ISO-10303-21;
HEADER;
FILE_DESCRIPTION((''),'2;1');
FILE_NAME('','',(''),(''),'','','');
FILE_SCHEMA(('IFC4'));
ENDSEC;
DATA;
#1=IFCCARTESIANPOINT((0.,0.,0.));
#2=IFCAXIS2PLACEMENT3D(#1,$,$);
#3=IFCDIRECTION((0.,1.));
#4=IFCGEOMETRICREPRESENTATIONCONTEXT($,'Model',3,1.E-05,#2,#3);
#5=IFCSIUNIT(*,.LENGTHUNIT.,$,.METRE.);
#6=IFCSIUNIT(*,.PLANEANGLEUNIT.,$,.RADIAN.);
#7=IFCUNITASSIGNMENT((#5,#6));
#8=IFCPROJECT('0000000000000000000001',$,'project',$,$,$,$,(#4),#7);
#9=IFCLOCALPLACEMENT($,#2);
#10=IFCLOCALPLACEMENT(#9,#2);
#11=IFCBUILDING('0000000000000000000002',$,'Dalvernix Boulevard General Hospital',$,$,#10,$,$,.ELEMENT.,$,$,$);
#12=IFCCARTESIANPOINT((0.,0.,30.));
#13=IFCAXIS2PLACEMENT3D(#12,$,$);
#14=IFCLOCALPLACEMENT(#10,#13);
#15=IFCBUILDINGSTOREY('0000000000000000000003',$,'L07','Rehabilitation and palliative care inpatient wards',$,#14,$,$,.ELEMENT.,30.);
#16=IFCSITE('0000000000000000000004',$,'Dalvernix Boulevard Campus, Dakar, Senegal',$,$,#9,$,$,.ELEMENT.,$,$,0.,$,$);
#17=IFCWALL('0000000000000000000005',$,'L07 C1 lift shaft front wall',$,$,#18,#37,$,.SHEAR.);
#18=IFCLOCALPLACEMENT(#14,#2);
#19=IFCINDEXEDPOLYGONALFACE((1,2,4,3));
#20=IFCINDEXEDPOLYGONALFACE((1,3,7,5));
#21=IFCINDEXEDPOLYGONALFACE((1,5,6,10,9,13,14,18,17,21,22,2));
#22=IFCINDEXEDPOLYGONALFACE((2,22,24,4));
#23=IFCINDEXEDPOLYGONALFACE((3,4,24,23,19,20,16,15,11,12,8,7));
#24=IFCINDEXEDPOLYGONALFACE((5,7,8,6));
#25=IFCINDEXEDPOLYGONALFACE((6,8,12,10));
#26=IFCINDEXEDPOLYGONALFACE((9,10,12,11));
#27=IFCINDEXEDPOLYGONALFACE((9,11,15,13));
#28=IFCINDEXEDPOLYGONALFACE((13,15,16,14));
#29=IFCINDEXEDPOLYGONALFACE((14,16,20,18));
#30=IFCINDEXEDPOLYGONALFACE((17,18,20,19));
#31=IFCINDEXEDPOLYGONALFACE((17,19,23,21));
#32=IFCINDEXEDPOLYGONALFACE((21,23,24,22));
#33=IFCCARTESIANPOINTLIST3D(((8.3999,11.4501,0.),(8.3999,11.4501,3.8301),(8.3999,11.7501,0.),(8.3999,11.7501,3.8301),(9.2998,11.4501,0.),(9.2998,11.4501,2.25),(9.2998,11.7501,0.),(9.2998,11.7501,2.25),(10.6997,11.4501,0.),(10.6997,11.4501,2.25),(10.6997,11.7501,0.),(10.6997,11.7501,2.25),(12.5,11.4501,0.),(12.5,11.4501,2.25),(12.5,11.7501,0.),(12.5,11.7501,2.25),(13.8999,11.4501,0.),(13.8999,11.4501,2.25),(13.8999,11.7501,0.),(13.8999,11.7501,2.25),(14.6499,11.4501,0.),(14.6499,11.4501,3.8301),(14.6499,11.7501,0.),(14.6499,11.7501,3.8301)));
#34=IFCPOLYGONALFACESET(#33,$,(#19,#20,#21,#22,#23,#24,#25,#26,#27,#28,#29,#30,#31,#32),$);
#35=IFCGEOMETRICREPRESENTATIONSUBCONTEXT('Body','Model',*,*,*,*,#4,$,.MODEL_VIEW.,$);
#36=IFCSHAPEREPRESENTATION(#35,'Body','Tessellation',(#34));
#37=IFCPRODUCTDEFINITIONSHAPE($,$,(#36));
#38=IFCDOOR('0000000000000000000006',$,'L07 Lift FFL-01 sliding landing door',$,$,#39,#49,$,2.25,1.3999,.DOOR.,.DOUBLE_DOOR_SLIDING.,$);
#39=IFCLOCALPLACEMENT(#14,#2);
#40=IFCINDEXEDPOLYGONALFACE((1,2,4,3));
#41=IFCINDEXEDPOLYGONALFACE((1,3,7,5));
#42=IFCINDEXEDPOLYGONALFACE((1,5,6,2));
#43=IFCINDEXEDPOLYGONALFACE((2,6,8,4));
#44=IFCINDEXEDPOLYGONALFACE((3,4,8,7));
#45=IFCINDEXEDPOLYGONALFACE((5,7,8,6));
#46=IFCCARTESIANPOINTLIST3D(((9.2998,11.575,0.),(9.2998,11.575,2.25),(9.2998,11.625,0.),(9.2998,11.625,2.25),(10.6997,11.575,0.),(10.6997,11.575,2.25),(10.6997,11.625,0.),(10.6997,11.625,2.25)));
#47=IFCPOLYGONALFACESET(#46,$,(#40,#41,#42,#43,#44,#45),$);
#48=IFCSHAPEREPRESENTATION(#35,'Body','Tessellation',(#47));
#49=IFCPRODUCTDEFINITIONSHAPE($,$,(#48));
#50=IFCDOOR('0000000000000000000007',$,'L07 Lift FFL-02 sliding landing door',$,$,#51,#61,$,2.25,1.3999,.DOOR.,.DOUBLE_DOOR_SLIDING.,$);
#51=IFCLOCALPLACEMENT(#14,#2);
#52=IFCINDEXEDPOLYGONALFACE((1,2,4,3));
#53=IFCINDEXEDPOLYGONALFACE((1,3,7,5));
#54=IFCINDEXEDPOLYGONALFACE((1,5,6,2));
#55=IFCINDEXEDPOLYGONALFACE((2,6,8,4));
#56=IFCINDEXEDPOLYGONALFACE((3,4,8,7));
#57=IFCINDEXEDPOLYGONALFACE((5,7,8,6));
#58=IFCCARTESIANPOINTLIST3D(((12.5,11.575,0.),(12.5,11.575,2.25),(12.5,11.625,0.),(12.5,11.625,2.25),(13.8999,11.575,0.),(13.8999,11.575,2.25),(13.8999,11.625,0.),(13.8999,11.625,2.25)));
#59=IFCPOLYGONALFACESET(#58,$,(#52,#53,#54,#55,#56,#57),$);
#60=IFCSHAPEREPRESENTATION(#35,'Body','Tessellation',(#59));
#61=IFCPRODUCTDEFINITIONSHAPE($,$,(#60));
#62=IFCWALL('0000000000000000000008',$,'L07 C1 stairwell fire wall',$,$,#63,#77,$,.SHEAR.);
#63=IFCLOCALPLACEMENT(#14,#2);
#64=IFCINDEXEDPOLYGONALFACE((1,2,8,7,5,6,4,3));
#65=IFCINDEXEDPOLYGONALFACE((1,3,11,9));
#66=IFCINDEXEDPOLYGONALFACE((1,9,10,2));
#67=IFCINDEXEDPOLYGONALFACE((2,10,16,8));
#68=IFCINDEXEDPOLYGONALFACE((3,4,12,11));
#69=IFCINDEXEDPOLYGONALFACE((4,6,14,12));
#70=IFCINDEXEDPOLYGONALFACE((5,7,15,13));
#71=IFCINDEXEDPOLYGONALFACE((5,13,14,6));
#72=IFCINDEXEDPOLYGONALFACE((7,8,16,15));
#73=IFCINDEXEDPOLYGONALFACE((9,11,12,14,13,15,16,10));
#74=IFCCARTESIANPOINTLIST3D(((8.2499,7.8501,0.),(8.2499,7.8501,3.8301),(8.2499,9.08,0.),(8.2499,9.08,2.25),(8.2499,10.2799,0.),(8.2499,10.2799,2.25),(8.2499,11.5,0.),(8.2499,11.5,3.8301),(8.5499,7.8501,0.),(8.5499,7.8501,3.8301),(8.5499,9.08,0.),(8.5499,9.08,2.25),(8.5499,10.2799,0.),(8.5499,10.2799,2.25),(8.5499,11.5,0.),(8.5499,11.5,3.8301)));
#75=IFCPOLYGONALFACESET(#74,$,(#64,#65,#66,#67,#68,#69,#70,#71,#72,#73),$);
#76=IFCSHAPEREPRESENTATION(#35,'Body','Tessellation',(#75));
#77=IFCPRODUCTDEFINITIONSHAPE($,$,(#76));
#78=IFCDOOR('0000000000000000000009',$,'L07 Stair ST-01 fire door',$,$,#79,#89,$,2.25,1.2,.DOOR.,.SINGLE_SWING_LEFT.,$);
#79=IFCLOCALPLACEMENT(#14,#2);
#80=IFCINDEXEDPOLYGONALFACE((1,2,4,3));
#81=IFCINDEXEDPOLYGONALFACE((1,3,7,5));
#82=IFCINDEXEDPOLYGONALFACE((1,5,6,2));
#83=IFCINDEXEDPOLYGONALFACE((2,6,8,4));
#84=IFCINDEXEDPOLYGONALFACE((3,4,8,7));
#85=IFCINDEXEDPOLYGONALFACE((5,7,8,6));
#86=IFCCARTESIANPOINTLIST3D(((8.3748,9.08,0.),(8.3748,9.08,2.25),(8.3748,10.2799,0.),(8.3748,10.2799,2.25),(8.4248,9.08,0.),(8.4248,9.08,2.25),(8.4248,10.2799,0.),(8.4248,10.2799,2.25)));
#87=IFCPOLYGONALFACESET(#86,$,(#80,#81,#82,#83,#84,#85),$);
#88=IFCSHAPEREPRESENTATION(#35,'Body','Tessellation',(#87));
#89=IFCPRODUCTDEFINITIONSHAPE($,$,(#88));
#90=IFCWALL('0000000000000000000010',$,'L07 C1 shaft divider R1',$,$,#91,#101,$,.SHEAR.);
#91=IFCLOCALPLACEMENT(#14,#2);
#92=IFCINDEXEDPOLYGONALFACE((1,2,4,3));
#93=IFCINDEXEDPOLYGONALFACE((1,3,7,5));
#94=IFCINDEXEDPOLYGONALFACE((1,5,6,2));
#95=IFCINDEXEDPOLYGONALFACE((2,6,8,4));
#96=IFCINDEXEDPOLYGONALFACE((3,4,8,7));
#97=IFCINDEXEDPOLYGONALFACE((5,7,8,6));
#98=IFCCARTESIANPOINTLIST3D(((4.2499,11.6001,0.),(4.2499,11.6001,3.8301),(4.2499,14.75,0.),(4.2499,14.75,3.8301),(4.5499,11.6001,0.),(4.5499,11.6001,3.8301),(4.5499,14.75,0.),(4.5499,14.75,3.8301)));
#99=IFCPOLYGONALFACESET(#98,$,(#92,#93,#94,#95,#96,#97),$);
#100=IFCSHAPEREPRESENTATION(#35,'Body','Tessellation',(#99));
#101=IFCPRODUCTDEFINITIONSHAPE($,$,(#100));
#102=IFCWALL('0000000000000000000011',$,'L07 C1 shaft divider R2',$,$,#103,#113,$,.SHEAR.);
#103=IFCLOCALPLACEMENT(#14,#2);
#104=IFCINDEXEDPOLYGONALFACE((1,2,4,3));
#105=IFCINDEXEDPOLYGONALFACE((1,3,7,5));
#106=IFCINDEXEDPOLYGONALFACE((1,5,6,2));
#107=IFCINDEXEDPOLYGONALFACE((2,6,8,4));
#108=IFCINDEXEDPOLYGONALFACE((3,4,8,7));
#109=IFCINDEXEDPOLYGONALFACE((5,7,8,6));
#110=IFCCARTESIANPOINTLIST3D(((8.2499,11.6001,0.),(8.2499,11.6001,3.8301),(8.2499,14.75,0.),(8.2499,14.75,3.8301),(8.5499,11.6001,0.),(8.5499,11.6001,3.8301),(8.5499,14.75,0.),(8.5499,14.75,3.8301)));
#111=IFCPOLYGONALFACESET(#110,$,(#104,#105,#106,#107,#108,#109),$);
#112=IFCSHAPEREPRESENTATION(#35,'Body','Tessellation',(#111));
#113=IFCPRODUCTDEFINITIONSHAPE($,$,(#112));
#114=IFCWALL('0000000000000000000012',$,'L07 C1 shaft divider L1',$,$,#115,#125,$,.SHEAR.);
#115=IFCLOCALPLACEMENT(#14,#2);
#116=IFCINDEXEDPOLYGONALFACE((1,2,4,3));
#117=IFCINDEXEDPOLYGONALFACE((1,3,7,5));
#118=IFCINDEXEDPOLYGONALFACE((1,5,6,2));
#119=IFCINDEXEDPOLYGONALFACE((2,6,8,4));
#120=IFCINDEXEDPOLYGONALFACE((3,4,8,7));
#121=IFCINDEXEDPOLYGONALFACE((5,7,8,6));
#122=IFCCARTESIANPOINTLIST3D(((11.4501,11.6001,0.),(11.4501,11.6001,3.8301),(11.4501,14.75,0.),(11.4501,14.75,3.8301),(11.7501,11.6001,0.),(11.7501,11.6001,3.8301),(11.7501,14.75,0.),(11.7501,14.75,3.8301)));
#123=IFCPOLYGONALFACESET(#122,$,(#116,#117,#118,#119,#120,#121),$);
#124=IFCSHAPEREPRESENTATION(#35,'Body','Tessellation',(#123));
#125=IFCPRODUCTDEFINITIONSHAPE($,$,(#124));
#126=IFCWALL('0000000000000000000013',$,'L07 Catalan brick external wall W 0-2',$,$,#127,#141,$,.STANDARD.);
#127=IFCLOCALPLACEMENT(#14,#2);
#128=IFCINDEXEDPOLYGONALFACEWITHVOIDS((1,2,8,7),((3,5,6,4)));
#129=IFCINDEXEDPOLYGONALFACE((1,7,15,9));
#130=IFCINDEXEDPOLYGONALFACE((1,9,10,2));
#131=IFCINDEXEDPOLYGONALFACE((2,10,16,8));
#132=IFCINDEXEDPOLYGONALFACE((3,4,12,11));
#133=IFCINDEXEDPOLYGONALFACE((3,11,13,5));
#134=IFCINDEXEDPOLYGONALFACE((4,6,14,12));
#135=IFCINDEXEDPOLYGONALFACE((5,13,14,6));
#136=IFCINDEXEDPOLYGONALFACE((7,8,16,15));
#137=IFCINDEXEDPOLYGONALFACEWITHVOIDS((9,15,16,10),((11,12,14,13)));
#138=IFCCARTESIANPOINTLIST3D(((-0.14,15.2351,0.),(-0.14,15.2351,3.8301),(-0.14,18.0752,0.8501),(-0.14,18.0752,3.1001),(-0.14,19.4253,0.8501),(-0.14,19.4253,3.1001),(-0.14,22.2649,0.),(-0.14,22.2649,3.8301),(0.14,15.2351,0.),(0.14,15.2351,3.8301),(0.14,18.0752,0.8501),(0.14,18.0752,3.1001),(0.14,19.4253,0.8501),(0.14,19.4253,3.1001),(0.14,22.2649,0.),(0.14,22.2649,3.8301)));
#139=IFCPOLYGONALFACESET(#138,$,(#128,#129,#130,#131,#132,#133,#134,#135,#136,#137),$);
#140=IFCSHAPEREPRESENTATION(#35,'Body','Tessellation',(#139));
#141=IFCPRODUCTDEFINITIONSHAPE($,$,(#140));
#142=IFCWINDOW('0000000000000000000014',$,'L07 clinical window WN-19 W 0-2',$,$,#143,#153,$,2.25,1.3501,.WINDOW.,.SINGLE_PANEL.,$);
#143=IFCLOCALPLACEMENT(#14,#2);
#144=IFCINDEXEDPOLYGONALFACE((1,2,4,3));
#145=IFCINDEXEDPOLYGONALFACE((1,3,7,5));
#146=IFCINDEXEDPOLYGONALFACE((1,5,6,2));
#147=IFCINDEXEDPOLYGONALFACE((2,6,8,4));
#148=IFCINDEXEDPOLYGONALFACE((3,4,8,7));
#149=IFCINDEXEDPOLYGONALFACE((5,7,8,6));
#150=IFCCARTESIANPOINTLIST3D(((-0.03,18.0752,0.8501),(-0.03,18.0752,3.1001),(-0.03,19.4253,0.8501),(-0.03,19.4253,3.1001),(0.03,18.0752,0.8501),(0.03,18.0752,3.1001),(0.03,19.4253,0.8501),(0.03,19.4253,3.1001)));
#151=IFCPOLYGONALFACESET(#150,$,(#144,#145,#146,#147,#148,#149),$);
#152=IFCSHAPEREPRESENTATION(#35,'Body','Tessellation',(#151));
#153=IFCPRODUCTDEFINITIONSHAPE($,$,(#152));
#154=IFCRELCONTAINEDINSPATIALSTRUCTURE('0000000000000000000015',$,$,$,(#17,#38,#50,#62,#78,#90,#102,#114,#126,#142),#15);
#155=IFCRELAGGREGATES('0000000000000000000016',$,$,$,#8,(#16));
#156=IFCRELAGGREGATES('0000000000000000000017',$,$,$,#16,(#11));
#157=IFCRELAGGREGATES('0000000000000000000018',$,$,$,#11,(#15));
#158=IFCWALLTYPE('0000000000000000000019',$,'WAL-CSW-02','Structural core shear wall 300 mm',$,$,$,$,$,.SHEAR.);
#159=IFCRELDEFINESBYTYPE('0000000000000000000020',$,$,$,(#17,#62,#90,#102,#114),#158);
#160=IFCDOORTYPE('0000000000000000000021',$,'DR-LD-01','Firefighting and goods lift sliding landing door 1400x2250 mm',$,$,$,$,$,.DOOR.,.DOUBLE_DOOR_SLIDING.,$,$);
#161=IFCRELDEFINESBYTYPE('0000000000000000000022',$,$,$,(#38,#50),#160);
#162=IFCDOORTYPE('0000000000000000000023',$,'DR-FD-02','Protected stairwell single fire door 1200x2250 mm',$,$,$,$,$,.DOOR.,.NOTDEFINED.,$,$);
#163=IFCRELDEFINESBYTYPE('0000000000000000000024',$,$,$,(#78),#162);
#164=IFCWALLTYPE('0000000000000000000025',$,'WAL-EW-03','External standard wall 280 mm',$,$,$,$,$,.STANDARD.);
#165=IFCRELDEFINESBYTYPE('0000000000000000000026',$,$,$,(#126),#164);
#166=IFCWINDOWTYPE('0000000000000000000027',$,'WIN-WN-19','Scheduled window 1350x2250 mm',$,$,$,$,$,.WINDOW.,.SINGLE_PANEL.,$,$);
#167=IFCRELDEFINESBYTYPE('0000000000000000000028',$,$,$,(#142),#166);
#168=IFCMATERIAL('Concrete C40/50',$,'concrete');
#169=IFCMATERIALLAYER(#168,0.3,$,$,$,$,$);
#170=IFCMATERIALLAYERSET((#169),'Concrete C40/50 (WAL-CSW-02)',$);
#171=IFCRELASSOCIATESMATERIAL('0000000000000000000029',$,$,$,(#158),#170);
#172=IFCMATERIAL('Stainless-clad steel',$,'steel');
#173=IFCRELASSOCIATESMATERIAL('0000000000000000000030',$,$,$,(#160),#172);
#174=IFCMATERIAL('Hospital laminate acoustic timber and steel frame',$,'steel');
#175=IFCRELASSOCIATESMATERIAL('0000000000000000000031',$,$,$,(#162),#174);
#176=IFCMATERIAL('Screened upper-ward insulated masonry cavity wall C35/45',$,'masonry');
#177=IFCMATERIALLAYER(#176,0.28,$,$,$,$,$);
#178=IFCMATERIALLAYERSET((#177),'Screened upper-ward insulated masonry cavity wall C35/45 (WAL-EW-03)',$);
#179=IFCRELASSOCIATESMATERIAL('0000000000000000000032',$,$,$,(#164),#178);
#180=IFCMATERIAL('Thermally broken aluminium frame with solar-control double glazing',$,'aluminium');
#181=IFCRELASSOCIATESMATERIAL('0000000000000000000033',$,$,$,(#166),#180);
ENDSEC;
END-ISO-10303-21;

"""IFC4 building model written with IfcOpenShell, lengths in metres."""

from ifc_helpers import new_model, si_unit, direction, frame, frame_2d, origin, place, context, subcontext, project, spatial, rectangle, extrude, material, layer, layer_set, type_object, element, fill, save


model = new_model("IFC4")

# Units and contexts
model_context = context("Model", 3, precision=1e-05, world=origin(), true_north=direction((0.0, 1.0)))
body_context = subcontext(model_context, "Body", "Model", "MODEL_VIEW")
ifc_project = project(units=[si_unit("LENGTHUNIT", "METRE"), si_unit("PLANEANGLEUNIT", "RADIAN")], contexts=[model_context])

# Site, building, storey
site_placement = place(None, origin())
site = spatial("IfcSite", under=ifc_project, at=site_placement, Name="Dalvernix Boulevard Campus, Dakar, Senegal", CompositionType="ELEMENT", RefElevation=0.0)
building_placement = place(site_placement, origin())
building = spatial("IfcBuilding", under=site, at=building_placement, Name="Dalvernix Boulevard General Hospital", CompositionType="ELEMENT")
storey_placement = place(building_placement, frame((0.0, 0.0, 30.0)))
storey = spatial("IfcBuildingStorey", under=building, at=storey_placement, Name="L07", Description="Rehabilitation and palliative care inpatient wards", CompositionType="ELEMENT", Elevation=30.0)

# Shared definitions
ifc_material_1 = material(Name="Concrete C40/50", Category="concrete")

# Shared definitions
ifc_layer_1 = layer(ifc_material_1, 0.3)
ifc_layer_set_1 = layer_set([ifc_layer_1], Name="Concrete C40/50 (WAL-CSW-02)")
wall_type_1 = type_object("IfcWallType", Name="WAL-CSW-02", Description="Structural core shear wall 300 mm", PredefinedType="SHEAR", material=ifc_layer_set_1)

# Wall, openings, doors
wall_1_placement = place(storey_placement, frame((8.3999, 11.6001, 0.0), z_axis=(0.0, 0.0, 1.0), x_axis=(1.0, 0.0, 0.0)))
wall_1 = element("IfcWall", 1, at=wall_1_placement, inside=storey, type_object=wall_type_1, Name="L07 C1 lift shaft front wall", PredefinedType="SHEAR", context=body_context, shape_type="SweptSolid", body=[
    extrude(rectangle(XDim=6.25, YDim=0.3, at=frame_2d((3.125, 0.0))), origin(), (0.0, 0.0, 1.0), 3.8301),
])
opening_1_placement = place(wall_1_placement, frame((0.8999, 0.0, 0.0)))
opening_1 = element("IfcOpeningElement", 2, at=opening_1_placement, cuts=wall_1, PredefinedType="OPENING", context=body_context, shape_type="SweptSolid", body=[
    extrude(rectangle(XDim=1.3999, YDim=2.25, at=frame_2d((0.7, 1.125))), frame((0.0, 0.1599, 0.0), z_axis=(0.0, -1.0, 0.0), x_axis=(1.0, 0.0, 0.0)), (0.0, 0.0, 1.0), 0.3201),
])
opening_2_placement = place(wall_1_placement, frame((4.1001, 0.0, 0.0)))
opening_2 = element("IfcOpeningElement", 3, at=opening_2_placement, cuts=wall_1, PredefinedType="OPENING", context=body_context, shape_type="SweptSolid", body=[
    extrude(rectangle(XDim=1.3999, YDim=2.25, at=frame_2d((0.7, 1.125))), frame((0.0, 0.1599, 0.0), z_axis=(0.0, -1.0, 0.0), x_axis=(1.0, 0.0, 0.0)), (0.0, 0.0, 1.0), 0.3201),
])
ifc_material_2 = material(Name="Stainless-clad steel", Category="steel")
door_type_1 = type_object("IfcDoorType", Name="DR-LD-01", Description="Firefighting and goods lift sliding landing door 1400x2250 mm", OperationType="DOUBLE_DOOR_SLIDING", PredefinedType="DOOR", material=ifc_material_2)
door_1_placement = place(opening_1_placement, origin())
door_1 = element("IfcDoor", 4, at=door_1_placement, inside=storey, type_object=door_type_1, Name="L07 Lift FFL-01 sliding landing door", OperationType="DOUBLE_DOOR_SLIDING", OverallHeight=2.25, OverallWidth=1.3999, PredefinedType="DOOR", context=body_context, shape_type="SweptSolid", body=[
    extrude(rectangle(XDim=1.3999, YDim=2.25, at=frame_2d((0.7, 1.125))), frame((0.0, 0.0249, 0.0), z_axis=(0.0, -1.0, 0.0), x_axis=(1.0, 0.0, 0.0)), (0.0, 0.0, 1.0), 0.05),
])
fill(opening_1, door_1)
door_2_placement = place(opening_2_placement, origin())
door_2 = element("IfcDoor", 5, at=door_2_placement, inside=storey, type_object=door_type_1, Name="L07 Lift FFL-02 sliding landing door", OperationType="DOUBLE_DOOR_SLIDING", OverallHeight=2.25, OverallWidth=1.3999, PredefinedType="DOOR", context=body_context, shape_type="SweptSolid", body=[
    extrude(rectangle(XDim=1.3999, YDim=2.25, at=frame_2d((0.7, 1.125))), frame((0.0, 0.0249, 0.0), z_axis=(0.0, -1.0, 0.0), x_axis=(1.0, 0.0, 0.0)), (0.0, 0.0, 1.0), 0.05),
])
fill(opening_2, door_2)

# Wall, opening, door
wall_2_placement = place(storey_placement, frame((8.3999, 11.5, 0.0), z_axis=(0.0, 0.0, 1.0), x_axis=(0.0, -1.0, 0.0)))
wall_2 = element("IfcWall", 6, at=wall_2_placement, inside=storey, type_object=wall_type_1, Name="L07 C1 stairwell fire wall", PredefinedType="SHEAR", context=body_context, shape_type="SweptSolid", body=[
    extrude(rectangle(XDim=3.6499, YDim=0.3, at=frame_2d((1.825, 0.0))), origin(), (0.0, 0.0, 1.0), 3.8301),
])
opening_3_placement = place(wall_2_placement, frame((1.22, 0.0, 0.0)))
opening_3 = element("IfcOpeningElement", 7, at=opening_3_placement, cuts=wall_2, PredefinedType="OPENING", context=body_context, shape_type="SweptSolid", body=[
    extrude(rectangle(XDim=1.2, YDim=2.25, at=frame_2d((0.6001, 1.125))), frame((0.0, 0.1599, 0.0), z_axis=(0.0, -1.0, 0.0), x_axis=(1.0, 0.0, 0.0)), (0.0, 0.0, 1.0), 0.3201),
])
ifc_material_3 = material(Name="Hospital laminate acoustic timber and steel frame", Category="steel")
door_type_2 = type_object("IfcDoorType", Name="DR-FD-02", Description="Protected stairwell single fire door 1200x2250 mm", OperationType="NOTDEFINED", PredefinedType="DOOR", material=ifc_material_3)
door_3_placement = place(opening_3_placement, origin())
door_3 = element("IfcDoor", 8, at=door_3_placement, inside=storey, type_object=door_type_2, Name="L07 Stair ST-01 fire door", OperationType="SINGLE_SWING_LEFT", OverallHeight=2.25, OverallWidth=1.2, PredefinedType="DOOR", context=body_context, shape_type="SweptSolid", body=[
    extrude(rectangle(XDim=1.2, YDim=2.25, at=frame_2d((0.6001, 1.125))), frame((0.0, 0.0249, 0.0), z_axis=(0.0, -1.0, 0.0), x_axis=(1.0, 0.0, 0.0)), (0.0, 0.0, 1.0), 0.05),
])
fill(opening_3, door_3)

# Walls
for number, where, z_axis, x_axis, name in (
    (9, (4.3999, 11.6001, 0.0), (0.0, 0.0, 1.0), (0.0, 1.0, 0.0), "L07 C1 shaft divider R1"),
    (10, (8.3999, 11.6001, 0.0), (0.0, 0.0, 1.0), (0.0, 1.0, 0.0), "L07 C1 shaft divider R2"),
    (11, (11.6001, 11.6001, 0.0), (0.0, 0.0, 1.0), (0.0, 1.0, 0.0), "L07 C1 shaft divider L1"),
):
    element("IfcWall", number, at=place(storey_placement, frame(where, z_axis=z_axis, x_axis=x_axis)), inside=storey, type_object=wall_type_1, Name=name, PredefinedType="SHEAR", context=body_context, shape_type="SweptSolid", body=[
        extrude(rectangle(XDim=3.1499, YDim=0.3, at=frame_2d((1.575, 0.0))), origin(), (0.0, 0.0, 1.0), 3.8301),
    ])

# Wall, opening, window
ifc_material_4 = material(Name="Screened upper-ward insulated masonry cavity wall C35/45", Category="masonry")
ifc_layer_2 = layer(ifc_material_4, 0.28)
ifc_layer_set_2 = layer_set([ifc_layer_2], Name="Screened upper-ward insulated masonry cavity wall C35/45 (WAL-EW-03)")
wall_type_2 = type_object("IfcWallType", Name="WAL-EW-03", Description="External standard wall 280 mm", PredefinedType="STANDARD", material=ifc_layer_set_2)
wall_3_placement = place(storey_placement, frame((0.0, 15.2351, 0.0), z_axis=(0.0, 0.0, 1.0), x_axis=(0.0, 1.0, 0.0)))
wall_3 = element("IfcWall", 12, at=wall_3_placement, inside=storey, type_object=wall_type_2, Name="L07 Catalan brick external wall W 0-2", PredefinedType="STANDARD", context=body_context, shape_type="SweptSolid", body=[
    extrude(rectangle(XDim=7.0298, YDim=0.28, at=frame_2d((3.5149, 0.0))), origin(), (0.0, 0.0, 1.0), 3.8301),
])
opening_4_placement = place(wall_3_placement, frame((2.8401, 0.0, 0.8501)))
opening_4 = element("IfcOpeningElement", 13, at=opening_4_placement, cuts=wall_3, PredefinedType="OPENING", context=body_context, shape_type="SweptSolid", body=[
    extrude(rectangle(XDim=1.3501, YDim=2.25, at=frame_2d((0.675, 1.125))), frame((0.0, 0.1499, 0.0), z_axis=(0.0, -1.0, 0.0), x_axis=(1.0, 0.0, 0.0)), (0.0, 0.0, 1.0), 0.3),
])
ifc_material_5 = material(Name="Thermally broken aluminium frame with solar-control double glazing", Category="aluminium")
window_type = type_object("IfcWindowType", Name="WIN-WN-19", Description="Scheduled window 1350x2250 mm", PartitioningType="SINGLE_PANEL", PredefinedType="WINDOW", material=ifc_material_5)
window_placement = place(opening_4_placement, origin())
window = element("IfcWindow", 14, at=window_placement, inside=storey, type_object=window_type, Name="L07 clinical window WN-19 W 0-2", OverallHeight=2.25, OverallWidth=1.3501, PartitioningType="SINGLE_PANEL", PredefinedType="WINDOW", context=body_context, shape_type="SweptSolid", body=[
    extrude(rectangle(XDim=1.3501, YDim=2.25, at=frame_2d((0.675, 1.125))), frame((0.0, 0.03, 0.0), z_axis=(0.0, -1.0, 0.0), x_axis=(1.0, 0.0, 0.0)), (0.0, 0.0, 1.0), 0.0601),
])
fill(opening_4, window)

save(model, "model.ifc")
